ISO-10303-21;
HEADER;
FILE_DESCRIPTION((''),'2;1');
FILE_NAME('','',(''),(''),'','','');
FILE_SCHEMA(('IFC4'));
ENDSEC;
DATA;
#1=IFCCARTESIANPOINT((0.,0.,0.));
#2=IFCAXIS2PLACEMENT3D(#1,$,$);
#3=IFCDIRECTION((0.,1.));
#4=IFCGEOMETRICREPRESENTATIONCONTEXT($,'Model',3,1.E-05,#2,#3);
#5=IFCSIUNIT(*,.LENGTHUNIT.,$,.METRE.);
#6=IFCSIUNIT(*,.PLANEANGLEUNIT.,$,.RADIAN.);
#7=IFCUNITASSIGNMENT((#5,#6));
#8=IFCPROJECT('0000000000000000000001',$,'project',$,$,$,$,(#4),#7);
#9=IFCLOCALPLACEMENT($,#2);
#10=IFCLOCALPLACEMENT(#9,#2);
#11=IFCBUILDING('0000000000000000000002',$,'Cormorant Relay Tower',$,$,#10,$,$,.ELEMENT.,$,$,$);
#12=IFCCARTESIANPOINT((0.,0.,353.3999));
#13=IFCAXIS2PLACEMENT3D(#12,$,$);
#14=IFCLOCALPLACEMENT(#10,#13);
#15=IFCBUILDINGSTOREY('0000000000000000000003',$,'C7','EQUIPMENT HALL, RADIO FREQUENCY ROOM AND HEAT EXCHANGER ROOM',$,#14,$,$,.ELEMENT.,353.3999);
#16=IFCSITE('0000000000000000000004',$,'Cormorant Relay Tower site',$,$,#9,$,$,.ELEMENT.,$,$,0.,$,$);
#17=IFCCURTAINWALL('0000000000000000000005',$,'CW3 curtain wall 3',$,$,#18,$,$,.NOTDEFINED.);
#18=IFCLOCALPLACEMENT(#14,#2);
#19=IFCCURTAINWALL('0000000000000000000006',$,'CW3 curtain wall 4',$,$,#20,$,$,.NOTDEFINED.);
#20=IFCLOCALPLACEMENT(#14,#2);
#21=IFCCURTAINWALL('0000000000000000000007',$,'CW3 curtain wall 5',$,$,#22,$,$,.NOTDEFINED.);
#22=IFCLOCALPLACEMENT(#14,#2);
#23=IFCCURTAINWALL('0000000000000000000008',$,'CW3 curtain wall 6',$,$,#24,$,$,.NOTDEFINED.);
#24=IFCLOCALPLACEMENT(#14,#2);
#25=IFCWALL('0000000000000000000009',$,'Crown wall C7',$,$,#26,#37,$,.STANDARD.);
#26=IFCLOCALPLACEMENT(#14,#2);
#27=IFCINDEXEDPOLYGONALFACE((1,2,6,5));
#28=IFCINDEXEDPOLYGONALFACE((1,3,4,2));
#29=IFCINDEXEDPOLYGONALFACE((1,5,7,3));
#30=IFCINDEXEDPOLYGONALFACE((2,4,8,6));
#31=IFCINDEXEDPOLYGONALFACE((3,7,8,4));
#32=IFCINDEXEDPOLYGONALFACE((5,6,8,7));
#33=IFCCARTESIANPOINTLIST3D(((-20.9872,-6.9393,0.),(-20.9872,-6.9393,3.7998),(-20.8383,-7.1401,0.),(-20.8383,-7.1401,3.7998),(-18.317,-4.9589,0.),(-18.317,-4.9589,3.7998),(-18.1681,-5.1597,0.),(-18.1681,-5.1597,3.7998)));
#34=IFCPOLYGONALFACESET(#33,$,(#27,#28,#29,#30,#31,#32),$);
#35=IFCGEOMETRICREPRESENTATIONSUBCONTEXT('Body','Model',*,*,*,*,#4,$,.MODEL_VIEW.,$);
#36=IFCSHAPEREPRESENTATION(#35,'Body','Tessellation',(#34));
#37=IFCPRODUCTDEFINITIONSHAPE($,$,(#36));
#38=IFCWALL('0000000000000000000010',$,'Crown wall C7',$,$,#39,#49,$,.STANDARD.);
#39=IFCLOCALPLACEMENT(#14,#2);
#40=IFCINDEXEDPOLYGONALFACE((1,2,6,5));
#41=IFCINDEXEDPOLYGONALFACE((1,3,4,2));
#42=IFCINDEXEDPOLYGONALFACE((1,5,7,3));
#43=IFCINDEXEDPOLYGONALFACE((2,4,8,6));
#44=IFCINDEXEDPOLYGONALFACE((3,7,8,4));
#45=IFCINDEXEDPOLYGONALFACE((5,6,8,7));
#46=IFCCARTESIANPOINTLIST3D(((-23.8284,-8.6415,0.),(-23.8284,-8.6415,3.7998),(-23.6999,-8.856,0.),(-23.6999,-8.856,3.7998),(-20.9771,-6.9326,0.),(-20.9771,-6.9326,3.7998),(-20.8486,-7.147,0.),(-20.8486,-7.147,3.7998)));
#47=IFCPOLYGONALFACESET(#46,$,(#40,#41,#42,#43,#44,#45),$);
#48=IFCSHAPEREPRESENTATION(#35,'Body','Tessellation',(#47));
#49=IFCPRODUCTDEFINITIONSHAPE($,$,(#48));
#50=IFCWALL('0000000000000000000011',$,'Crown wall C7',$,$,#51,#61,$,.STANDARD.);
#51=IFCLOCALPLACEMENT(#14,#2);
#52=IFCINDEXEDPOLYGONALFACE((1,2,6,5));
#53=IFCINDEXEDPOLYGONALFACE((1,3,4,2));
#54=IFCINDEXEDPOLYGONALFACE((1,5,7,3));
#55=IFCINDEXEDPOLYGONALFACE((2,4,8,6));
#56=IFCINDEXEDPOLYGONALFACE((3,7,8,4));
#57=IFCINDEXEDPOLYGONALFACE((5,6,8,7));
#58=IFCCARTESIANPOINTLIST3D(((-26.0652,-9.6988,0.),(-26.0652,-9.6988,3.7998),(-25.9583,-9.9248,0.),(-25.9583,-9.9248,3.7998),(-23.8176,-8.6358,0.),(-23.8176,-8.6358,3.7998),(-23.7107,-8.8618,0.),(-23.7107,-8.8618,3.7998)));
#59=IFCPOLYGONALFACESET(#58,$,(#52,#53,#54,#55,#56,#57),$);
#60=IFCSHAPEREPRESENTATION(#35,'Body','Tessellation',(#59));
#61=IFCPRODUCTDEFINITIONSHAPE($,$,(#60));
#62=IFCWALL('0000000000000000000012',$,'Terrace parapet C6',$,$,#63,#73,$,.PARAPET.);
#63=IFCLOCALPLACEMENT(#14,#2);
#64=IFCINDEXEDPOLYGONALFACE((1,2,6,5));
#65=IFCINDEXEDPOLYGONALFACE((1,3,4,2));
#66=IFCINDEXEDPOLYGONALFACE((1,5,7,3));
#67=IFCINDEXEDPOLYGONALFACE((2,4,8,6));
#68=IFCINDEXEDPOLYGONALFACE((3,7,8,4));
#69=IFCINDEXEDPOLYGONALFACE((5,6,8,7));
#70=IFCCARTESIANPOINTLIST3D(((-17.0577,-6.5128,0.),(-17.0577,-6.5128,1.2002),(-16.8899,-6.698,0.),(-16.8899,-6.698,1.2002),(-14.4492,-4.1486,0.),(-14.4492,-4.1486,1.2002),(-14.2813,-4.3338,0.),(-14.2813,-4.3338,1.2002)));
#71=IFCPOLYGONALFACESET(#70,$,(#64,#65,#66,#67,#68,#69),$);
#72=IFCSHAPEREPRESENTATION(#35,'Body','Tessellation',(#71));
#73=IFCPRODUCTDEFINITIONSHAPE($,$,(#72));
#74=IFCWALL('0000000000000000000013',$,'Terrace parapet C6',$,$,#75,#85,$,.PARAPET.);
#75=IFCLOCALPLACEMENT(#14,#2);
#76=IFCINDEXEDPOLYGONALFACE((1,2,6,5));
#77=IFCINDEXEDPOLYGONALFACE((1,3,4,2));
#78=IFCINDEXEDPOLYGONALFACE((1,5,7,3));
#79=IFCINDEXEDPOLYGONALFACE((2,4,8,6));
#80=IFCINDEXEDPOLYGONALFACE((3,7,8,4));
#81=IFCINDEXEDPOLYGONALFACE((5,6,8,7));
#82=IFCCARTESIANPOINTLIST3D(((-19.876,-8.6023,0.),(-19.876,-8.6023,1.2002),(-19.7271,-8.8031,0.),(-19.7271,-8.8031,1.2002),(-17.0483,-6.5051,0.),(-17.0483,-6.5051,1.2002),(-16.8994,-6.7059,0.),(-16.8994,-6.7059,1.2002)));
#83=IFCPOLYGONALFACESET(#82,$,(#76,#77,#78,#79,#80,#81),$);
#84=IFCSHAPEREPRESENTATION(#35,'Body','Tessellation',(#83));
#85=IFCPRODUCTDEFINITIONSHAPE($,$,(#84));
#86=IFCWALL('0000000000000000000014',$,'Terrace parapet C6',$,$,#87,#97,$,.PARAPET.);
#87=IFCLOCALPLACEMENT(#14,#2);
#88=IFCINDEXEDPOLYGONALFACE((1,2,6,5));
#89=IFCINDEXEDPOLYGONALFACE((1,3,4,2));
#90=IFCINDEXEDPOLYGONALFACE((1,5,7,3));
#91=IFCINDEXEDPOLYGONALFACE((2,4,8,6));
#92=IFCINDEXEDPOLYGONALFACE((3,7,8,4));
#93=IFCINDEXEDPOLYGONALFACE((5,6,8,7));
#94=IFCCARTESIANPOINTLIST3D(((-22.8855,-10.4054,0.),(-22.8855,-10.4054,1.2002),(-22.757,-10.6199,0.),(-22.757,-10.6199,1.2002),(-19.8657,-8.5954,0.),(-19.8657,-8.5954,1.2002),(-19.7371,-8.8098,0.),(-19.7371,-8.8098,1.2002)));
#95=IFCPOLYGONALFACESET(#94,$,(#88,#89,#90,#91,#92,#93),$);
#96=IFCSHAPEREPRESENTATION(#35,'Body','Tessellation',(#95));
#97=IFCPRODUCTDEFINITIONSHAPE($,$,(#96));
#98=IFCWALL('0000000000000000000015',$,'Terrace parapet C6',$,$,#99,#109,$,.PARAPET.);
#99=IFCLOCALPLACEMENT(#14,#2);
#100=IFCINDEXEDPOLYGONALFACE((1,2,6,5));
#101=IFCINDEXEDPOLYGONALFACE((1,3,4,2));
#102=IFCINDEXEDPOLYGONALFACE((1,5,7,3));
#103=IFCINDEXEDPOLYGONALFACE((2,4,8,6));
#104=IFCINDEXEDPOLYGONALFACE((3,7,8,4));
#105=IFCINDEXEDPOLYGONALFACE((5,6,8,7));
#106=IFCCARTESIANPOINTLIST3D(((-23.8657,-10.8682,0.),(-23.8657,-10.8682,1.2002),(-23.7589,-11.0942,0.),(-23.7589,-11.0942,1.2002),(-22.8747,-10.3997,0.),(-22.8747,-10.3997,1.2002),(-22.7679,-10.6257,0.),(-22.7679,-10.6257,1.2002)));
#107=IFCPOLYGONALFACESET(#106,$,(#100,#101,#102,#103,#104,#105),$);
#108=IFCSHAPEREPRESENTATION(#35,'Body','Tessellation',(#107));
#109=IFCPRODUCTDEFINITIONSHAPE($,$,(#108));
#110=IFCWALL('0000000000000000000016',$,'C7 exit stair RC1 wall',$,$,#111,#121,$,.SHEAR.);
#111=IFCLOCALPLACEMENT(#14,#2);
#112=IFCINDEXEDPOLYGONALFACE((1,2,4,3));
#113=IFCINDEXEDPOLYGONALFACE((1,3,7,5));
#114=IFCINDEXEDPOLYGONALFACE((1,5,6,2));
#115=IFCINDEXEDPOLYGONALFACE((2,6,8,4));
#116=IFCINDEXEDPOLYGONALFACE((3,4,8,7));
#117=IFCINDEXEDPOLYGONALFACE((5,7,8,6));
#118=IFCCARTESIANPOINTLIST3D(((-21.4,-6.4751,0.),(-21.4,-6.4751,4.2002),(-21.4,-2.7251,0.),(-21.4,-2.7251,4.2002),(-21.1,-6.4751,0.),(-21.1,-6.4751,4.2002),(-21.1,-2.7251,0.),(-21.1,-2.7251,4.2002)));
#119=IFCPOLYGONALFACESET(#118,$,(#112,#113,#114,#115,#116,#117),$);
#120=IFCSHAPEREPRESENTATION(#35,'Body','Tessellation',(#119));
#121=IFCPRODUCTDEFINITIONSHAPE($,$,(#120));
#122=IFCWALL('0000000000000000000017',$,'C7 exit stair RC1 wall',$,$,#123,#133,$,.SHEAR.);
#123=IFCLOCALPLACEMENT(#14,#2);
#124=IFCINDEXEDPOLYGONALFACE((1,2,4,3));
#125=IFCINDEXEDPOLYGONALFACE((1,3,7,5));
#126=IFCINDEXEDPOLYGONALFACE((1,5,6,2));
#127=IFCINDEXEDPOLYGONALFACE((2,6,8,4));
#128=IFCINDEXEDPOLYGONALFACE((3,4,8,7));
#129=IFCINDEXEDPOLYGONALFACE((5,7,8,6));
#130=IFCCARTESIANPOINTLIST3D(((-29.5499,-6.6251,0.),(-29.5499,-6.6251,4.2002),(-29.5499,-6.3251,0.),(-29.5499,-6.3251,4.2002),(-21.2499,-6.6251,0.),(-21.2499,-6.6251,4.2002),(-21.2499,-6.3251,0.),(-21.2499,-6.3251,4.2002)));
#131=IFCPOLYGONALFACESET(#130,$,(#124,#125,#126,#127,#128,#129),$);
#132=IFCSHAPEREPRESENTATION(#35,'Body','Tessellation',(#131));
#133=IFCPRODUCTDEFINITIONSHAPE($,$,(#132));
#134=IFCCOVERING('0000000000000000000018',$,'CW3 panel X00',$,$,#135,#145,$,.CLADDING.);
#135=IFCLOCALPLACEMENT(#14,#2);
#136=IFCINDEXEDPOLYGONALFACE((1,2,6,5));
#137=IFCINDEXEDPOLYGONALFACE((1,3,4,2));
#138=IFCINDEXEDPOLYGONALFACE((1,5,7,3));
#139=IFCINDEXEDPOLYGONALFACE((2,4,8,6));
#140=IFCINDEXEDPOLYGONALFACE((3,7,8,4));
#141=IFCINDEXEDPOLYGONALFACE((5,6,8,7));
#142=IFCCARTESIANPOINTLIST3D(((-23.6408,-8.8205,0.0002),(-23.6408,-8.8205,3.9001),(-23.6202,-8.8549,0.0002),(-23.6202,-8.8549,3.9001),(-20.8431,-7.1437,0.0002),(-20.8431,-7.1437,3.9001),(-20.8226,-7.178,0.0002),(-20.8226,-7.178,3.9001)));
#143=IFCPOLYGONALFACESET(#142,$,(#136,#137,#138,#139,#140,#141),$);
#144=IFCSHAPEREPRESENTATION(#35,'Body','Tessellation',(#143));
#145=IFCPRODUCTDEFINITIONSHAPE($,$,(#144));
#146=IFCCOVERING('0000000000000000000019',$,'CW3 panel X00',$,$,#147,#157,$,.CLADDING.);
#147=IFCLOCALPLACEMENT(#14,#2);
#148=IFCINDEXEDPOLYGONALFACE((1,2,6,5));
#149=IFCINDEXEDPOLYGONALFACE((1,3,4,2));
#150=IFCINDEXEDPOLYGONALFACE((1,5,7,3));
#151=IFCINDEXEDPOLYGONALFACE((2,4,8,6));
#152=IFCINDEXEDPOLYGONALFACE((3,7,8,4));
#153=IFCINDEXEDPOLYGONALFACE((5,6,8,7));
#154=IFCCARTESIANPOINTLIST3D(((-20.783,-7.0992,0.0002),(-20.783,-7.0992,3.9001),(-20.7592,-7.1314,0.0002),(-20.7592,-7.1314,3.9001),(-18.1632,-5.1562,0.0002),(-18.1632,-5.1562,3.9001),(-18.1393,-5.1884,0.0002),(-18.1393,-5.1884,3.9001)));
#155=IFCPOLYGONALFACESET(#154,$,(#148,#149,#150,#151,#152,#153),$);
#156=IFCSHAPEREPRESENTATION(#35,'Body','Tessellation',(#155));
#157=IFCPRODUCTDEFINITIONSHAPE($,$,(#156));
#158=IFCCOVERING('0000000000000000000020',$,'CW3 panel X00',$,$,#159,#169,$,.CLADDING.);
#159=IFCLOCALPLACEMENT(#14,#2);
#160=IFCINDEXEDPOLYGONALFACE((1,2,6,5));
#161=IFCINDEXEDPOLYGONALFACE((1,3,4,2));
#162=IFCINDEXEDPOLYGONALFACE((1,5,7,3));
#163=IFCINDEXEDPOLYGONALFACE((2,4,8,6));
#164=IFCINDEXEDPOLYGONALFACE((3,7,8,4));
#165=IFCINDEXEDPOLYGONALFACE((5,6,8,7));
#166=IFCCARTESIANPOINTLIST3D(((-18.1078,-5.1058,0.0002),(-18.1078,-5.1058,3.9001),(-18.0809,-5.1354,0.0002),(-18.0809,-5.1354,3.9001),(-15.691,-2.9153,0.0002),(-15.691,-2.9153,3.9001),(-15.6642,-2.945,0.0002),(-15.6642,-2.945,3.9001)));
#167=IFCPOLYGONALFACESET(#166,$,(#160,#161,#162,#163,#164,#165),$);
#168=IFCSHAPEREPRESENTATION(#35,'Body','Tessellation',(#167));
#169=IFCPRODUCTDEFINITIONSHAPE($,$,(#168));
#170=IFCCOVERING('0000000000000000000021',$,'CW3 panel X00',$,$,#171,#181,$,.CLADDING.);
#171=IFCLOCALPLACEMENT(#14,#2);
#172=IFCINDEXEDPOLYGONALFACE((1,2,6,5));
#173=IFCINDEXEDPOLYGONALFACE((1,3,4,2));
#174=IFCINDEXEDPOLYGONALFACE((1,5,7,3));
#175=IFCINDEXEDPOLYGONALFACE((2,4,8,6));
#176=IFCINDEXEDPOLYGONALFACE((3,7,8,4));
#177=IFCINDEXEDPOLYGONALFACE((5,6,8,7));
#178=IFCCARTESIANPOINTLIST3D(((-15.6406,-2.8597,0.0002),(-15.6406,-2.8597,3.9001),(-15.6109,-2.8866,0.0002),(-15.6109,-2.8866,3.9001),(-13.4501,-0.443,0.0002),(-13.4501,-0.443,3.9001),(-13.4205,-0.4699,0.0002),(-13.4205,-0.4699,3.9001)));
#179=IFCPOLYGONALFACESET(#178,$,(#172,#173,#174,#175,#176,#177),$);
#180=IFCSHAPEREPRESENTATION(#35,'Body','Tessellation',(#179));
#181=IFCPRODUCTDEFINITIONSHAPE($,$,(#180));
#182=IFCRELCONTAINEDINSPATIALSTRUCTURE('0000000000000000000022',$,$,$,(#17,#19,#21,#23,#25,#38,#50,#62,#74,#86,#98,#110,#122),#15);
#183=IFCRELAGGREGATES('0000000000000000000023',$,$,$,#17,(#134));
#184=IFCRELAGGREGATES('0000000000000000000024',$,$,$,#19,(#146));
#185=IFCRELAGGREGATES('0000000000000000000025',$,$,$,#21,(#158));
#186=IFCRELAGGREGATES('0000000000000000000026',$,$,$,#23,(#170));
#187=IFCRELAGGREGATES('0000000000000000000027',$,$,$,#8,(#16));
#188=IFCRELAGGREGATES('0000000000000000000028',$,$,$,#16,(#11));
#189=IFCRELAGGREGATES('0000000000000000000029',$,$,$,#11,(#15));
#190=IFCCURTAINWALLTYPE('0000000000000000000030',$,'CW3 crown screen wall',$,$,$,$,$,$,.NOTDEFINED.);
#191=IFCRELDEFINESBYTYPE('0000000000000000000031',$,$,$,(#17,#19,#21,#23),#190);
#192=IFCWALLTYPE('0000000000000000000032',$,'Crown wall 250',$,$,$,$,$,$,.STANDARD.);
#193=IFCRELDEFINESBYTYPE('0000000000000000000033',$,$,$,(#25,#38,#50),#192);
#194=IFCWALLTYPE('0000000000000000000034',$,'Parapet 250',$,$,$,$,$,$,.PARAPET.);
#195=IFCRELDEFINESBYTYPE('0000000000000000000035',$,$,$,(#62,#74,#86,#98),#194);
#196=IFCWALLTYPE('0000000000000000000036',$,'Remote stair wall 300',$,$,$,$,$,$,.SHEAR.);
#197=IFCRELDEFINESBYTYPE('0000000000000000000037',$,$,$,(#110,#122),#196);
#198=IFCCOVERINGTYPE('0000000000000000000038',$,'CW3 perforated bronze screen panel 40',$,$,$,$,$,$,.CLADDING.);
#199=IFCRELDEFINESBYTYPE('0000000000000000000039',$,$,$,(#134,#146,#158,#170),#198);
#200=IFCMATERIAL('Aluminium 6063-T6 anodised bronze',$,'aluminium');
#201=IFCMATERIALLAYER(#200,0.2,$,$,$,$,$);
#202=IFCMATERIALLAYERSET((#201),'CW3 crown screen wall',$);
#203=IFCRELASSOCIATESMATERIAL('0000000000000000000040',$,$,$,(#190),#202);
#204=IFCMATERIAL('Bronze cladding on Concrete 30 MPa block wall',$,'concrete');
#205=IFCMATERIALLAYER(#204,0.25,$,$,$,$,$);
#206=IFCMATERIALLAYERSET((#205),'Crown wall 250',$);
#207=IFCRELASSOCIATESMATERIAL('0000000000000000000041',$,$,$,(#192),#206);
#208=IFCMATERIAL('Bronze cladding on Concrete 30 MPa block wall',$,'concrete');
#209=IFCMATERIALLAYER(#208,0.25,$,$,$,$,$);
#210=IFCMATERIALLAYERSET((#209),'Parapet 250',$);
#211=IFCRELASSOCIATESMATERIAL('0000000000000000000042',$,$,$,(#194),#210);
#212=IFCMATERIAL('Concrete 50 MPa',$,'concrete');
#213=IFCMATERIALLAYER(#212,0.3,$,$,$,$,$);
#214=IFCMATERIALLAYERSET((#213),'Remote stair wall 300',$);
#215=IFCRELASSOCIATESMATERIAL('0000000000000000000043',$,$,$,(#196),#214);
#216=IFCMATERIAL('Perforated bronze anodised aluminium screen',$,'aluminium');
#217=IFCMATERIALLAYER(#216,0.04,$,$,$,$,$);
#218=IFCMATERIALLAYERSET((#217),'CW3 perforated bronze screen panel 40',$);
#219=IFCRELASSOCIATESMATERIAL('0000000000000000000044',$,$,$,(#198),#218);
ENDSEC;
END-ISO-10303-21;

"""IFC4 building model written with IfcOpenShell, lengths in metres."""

from ifc_helpers import new_model, si_unit, direction, frame, frame_2d, origin, origin_2d, place, context, subcontext, project, spatial, rectangle, extrude, material, layer, layer_set, type_object, element, aggregate, save


model = new_model("IFC4")

# Units and contexts
model_context = context("Model", 3, precision=1e-05, world=origin(), true_north=direction((0.0, 1.0)))
body_context = subcontext(model_context, "Body", "Model", "MODEL_VIEW")
ifc_project = project(units=[si_unit("LENGTHUNIT", "METRE"), si_unit("PLANEANGLEUNIT", "RADIAN")], contexts=[model_context])

# Site, building, storey
site_placement = place(None, origin())
site = spatial("IfcSite", under=ifc_project, at=site_placement, Name="Cormorant Relay Tower site", CompositionType="ELEMENT", RefElevation=0.0)
building_placement = place(site_placement, origin())
building = spatial("IfcBuilding", under=site, at=building_placement, Name="Cormorant Relay Tower", CompositionType="ELEMENT")
storey_placement = place(building_placement, frame((0.0, 0.0, 353.3999)))
storey = spatial("IfcBuildingStorey", under=building, at=storey_placement, Name="C7", Description="EQUIPMENT HALL, RADIO FREQUENCY ROOM AND HEAT EXCHANGER ROOM", CompositionType="ELEMENT", Elevation=353.3999)

# Curtain walls
ifc_material_1 = material(Name="Aluminium 6063-T6 anodised bronze", Category="aluminium")
ifc_layer_1 = layer(ifc_material_1, 0.2)
ifc_layer_set_1 = layer_set([ifc_layer_1], Name="CW3 crown screen wall")
curtain_wall_type = type_object("IfcCurtainWallType", Name="CW3 crown screen wall", PredefinedType="NOTDEFINED", material=ifc_layer_set_1)
curtain_wall_1_placement = place(storey_placement, origin())
curtain_wall_1 = element("IfcCurtainWall", 1, at=curtain_wall_1_placement, inside=storey, type_object=curtain_wall_type, Name="CW3 curtain wall 3", PredefinedType="NOTDEFINED")
curtain_wall_2_placement = place(storey_placement, origin())
curtain_wall_2 = element("IfcCurtainWall", 2, at=curtain_wall_2_placement, inside=storey, type_object=curtain_wall_type, Name="CW3 curtain wall 4", PredefinedType="NOTDEFINED")
curtain_wall_3_placement = place(storey_placement, origin())
curtain_wall_3 = element("IfcCurtainWall", 3, at=curtain_wall_3_placement, inside=storey, type_object=curtain_wall_type, Name="CW3 curtain wall 5", PredefinedType="NOTDEFINED")
curtain_wall_4_placement = place(storey_placement, origin())
curtain_wall_4 = element("IfcCurtainWall", 4, at=curtain_wall_4_placement, inside=storey, type_object=curtain_wall_type, Name="CW3 curtain wall 6", PredefinedType="NOTDEFINED")

# Walls
ifc_material_2 = material(Name="Bronze cladding on Concrete 30 MPa block wall", Category="concrete")
ifc_layer_2 = layer(ifc_material_2, 0.25)
ifc_layer_set_2 = layer_set([ifc_layer_2], Name="Crown wall 250")
wall_type_1 = type_object("IfcWallType", Name="Crown wall 250", PredefinedType="STANDARD", material=ifc_layer_set_2)
wall_1_placement = place(storey_placement, frame((-18.2427, -5.0593, 0.0), z_axis=(0.0, 0.0, 1.0), x_axis=(-0.803188, -0.595726, 0.0)))
element("IfcWall", 5, at=wall_1_placement, inside=storey, type_object=wall_type_1, Name="Crown wall C7", PredefinedType="STANDARD", context=body_context, shape_type="SweptSolid", body=[
    extrude(rectangle(XDim=3.3245, YDim=0.25, at=frame_2d((1.6621, 0.0))), origin(), (0.0, 0.0, 1.0), 3.7998),
])
wall_2_placement = place(storey_placement, frame((-20.9128, -7.0398, 0.0), z_axis=(0.0, 0.0, 1.0), x_axis=(-0.857733, -0.514096, 0.0)))
element("IfcWall", 6, at=wall_2_placement, inside=storey, type_object=wall_type_1, Name="Crown wall C7", PredefinedType="STANDARD", context=body_context, shape_type="SweptSolid", body=[
    extrude(rectangle(XDim=3.3242, YDim=0.25, at=frame_2d((1.6621, 0.0))), origin(), (0.0, 0.0, 1.0), 3.7998),
])
wall_3_placement = place(storey_placement, frame((-23.7642, -8.7488, 0.0), z_axis=(0.0, 0.0, 1.0), x_axis=(-0.903994, -0.427546, 0.0)))
element("IfcWall", 7, at=wall_3_placement, inside=storey, type_object=wall_type_1, Name="Crown wall C7", PredefinedType="STANDARD", context=body_context, shape_type="SweptSolid", body=[
    extrude(rectangle(XDim=2.4863, YDim=0.25, at=frame_2d((1.2432, 0.0))), origin(), (0.0, 0.0, 1.0), 3.7998),
])
ifc_material_3 = material(Name="Bronze cladding on Concrete 30 MPa block wall", Category="concrete")
ifc_layer_3 = layer(ifc_material_3, 0.25)
ifc_layer_set_3 = layer_set([ifc_layer_3], Name="Parapet 250")
wall_type_2 = type_object("IfcWallType", Name="Parapet 250", PredefinedType="PARAPET", material=ifc_layer_set_3)
for number, where, z_axis, x_axis, name in (
    (8, (-14.3652, -4.2412, 0.0), (0.0, 0.0, 1.0), (-0.740962, -0.671547, 0.0), "Terrace parapet C6"),
    (9, (-16.9739, -6.6055, 0.0), (0.0, 0.0, 1.0), (-0.803201, -0.595708, 0.0), "Terrace parapet C6"),
):
    element("IfcWall", number, at=place(storey_placement, frame(where, z_axis=z_axis, x_axis=x_axis)), inside=storey, type_object=wall_type_2, Name=name, PredefinedType="PARAPET", context=body_context, shape_type="SweptSolid", body=[
        extrude(rectangle(XDim=3.5205, YDim=0.25, at=frame_2d((1.7603, 0.0))), origin(), (0.0, 0.0, 1.0), 1.2002),
    ])
wall_4_placement = place(storey_placement, frame((-19.8015, -8.7026, 0.0), z_axis=(0.0, 0.0, 1.0), x_axis=(-0.857719, -0.514118, 0.0)))
element("IfcWall", 10, at=wall_4_placement, inside=storey, type_object=wall_type_2, Name="Terrace parapet C6", PredefinedType="PARAPET", context=body_context, shape_type="SweptSolid", body=[
    extrude(rectangle(XDim=3.5208, YDim=0.25, at=frame_2d((1.7603, 0.0))), origin(), (0.0, 0.0, 1.0), 1.2002),
])
wall_5_placement = place(storey_placement, frame((-22.8213, -10.5127, 0.0), z_axis=(0.0, 0.0, 1.0), x_axis=(-0.904055, -0.427416, 0.0)))
element("IfcWall", 11, at=wall_5_placement, inside=storey, type_object=wall_type_2, Name="Terrace parapet C6", PredefinedType="PARAPET", context=body_context, shape_type="SweptSolid", body=[
    extrude(rectangle(XDim=1.0962, YDim=0.25, at=frame_2d((0.5481, 0.0))), origin(), (0.0, 0.0, 1.0), 1.2002),
])
ifc_material_4 = material(Name="Concrete 50 MPa", Category="concrete")
ifc_layer_4 = layer(ifc_material_4, 0.3)
ifc_layer_set_4 = layer_set([ifc_layer_4], Name="Remote stair wall 300")
wall_type_3 = type_object("IfcWallType", Name="Remote stair wall 300", PredefinedType="SHEAR", material=ifc_layer_set_4)
wall_6_placement = place(storey_placement, frame((-21.25, -2.7251, 0.0), z_axis=(0.0, 0.0, 1.0), x_axis=(0.0, -1.0, 0.0)))
element("IfcWall", 12, at=wall_6_placement, inside=storey, type_object=wall_type_3, Name="C7 exit stair RC1 wall", PredefinedType="SHEAR", context=body_context, shape_type="SweptSolid", body=[
    extrude(rectangle(XDim=3.75, YDim=0.3, at=frame_2d((1.875, 0.0))), origin(), (0.0, 0.0, 1.0), 4.2002),
])
wall_7_placement = place(storey_placement, frame((-21.25, -6.4751, 0.0), z_axis=(0.0, 0.0, 1.0), x_axis=(-1.0, 0.0, 0.0)))
element("IfcWall", 13, at=wall_7_placement, inside=storey, type_object=wall_type_3, Name="C7 exit stair RC1 wall", PredefinedType="SHEAR", context=body_context, shape_type="SweptSolid", body=[
    extrude(rectangle(XDim=8.3, YDim=0.3, at=frame_2d((4.1499, 0.0))), origin(), (0.0, 0.0, 1.0), 4.2002),
])

# Coverings
ifc_material_5 = material(Name="Perforated bronze anodised aluminium screen", Category="aluminium")
ifc_layer_5 = layer(ifc_material_5, 0.04)
ifc_layer_set_5 = layer_set([ifc_layer_5], Name="CW3 perforated bronze screen panel 40")
covering_type = type_object("IfcCoveringType", Name="CW3 perforated bronze screen panel 40", PredefinedType="CLADDING", material=ifc_layer_set_5)
covering_1_placement = place(storey_placement, frame((-22.2317, -7.9993, 0.0002), z_axis=(0.0, 0.0, 1.0), x_axis=(0.857729, 0.514103, 0.0)))
covering_1 = element("IfcCovering", 14, at=covering_1_placement, type_object=covering_type, Name="CW3 panel X00", PredefinedType="CLADDING", context=body_context, shape_type="SweptSolid", body=[
    extrude(rectangle(XDim=3.2617, YDim=0.04, at=origin_2d()), origin(), (0.0, 0.0, 1.0), 3.8999),
])
aggregate(curtain_wall_1, [covering_1])
covering_2_placement = place(storey_placement, frame((-19.4612, -6.1438, 0.0002), z_axis=(0.0, 0.0, 1.0), x_axis=(0.803208, 0.595699, 0.0)))
covering_2 = element("IfcCovering", 15, at=covering_2_placement, type_object=covering_type, Name="CW3 panel X00", PredefinedType="CLADDING", context=body_context, shape_type="SweptSolid", body=[
    extrude(rectangle(XDim=3.2617, YDim=0.04, at=origin_2d()), origin(), (0.0, 0.0, 1.0), 3.8999),
])
aggregate(curtain_wall_2, [covering_2])
covering_3_placement = place(storey_placement, frame((-16.886, -4.0254, 0.0002), z_axis=(0.0, 0.0, 1.0), x_axis=(0.740951, 0.671559, 0.0)))
covering_3 = element("IfcCovering", 16, at=covering_3_placement, type_object=covering_type, Name="CW3 panel X00", PredefinedType="CLADDING", context=body_context, shape_type="SweptSolid", body=[
    extrude(rectangle(XDim=3.2617, YDim=0.04, at=origin_2d()), origin(), (0.0, 0.0, 1.0), 3.8999),
])
aggregate(curtain_wall_3, [covering_3])
covering_4_placement = place(storey_placement, frame((-14.5305, -1.6648, 0.0002), z_axis=(0.0, 0.0, 1.0), x_axis=(0.671559, 0.740951, 0.0)))
covering_4 = element("IfcCovering", 17, at=covering_4_placement, type_object=covering_type, Name="CW3 panel X00", PredefinedType="CLADDING", context=body_context, shape_type="SweptSolid", body=[
    extrude(rectangle(XDim=3.2617, YDim=0.04, at=origin_2d()), origin(), (0.0, 0.0, 1.0), 3.8999),
])
aggregate(curtain_wall_4, [covering_4])

save(model, "model.ifc")
